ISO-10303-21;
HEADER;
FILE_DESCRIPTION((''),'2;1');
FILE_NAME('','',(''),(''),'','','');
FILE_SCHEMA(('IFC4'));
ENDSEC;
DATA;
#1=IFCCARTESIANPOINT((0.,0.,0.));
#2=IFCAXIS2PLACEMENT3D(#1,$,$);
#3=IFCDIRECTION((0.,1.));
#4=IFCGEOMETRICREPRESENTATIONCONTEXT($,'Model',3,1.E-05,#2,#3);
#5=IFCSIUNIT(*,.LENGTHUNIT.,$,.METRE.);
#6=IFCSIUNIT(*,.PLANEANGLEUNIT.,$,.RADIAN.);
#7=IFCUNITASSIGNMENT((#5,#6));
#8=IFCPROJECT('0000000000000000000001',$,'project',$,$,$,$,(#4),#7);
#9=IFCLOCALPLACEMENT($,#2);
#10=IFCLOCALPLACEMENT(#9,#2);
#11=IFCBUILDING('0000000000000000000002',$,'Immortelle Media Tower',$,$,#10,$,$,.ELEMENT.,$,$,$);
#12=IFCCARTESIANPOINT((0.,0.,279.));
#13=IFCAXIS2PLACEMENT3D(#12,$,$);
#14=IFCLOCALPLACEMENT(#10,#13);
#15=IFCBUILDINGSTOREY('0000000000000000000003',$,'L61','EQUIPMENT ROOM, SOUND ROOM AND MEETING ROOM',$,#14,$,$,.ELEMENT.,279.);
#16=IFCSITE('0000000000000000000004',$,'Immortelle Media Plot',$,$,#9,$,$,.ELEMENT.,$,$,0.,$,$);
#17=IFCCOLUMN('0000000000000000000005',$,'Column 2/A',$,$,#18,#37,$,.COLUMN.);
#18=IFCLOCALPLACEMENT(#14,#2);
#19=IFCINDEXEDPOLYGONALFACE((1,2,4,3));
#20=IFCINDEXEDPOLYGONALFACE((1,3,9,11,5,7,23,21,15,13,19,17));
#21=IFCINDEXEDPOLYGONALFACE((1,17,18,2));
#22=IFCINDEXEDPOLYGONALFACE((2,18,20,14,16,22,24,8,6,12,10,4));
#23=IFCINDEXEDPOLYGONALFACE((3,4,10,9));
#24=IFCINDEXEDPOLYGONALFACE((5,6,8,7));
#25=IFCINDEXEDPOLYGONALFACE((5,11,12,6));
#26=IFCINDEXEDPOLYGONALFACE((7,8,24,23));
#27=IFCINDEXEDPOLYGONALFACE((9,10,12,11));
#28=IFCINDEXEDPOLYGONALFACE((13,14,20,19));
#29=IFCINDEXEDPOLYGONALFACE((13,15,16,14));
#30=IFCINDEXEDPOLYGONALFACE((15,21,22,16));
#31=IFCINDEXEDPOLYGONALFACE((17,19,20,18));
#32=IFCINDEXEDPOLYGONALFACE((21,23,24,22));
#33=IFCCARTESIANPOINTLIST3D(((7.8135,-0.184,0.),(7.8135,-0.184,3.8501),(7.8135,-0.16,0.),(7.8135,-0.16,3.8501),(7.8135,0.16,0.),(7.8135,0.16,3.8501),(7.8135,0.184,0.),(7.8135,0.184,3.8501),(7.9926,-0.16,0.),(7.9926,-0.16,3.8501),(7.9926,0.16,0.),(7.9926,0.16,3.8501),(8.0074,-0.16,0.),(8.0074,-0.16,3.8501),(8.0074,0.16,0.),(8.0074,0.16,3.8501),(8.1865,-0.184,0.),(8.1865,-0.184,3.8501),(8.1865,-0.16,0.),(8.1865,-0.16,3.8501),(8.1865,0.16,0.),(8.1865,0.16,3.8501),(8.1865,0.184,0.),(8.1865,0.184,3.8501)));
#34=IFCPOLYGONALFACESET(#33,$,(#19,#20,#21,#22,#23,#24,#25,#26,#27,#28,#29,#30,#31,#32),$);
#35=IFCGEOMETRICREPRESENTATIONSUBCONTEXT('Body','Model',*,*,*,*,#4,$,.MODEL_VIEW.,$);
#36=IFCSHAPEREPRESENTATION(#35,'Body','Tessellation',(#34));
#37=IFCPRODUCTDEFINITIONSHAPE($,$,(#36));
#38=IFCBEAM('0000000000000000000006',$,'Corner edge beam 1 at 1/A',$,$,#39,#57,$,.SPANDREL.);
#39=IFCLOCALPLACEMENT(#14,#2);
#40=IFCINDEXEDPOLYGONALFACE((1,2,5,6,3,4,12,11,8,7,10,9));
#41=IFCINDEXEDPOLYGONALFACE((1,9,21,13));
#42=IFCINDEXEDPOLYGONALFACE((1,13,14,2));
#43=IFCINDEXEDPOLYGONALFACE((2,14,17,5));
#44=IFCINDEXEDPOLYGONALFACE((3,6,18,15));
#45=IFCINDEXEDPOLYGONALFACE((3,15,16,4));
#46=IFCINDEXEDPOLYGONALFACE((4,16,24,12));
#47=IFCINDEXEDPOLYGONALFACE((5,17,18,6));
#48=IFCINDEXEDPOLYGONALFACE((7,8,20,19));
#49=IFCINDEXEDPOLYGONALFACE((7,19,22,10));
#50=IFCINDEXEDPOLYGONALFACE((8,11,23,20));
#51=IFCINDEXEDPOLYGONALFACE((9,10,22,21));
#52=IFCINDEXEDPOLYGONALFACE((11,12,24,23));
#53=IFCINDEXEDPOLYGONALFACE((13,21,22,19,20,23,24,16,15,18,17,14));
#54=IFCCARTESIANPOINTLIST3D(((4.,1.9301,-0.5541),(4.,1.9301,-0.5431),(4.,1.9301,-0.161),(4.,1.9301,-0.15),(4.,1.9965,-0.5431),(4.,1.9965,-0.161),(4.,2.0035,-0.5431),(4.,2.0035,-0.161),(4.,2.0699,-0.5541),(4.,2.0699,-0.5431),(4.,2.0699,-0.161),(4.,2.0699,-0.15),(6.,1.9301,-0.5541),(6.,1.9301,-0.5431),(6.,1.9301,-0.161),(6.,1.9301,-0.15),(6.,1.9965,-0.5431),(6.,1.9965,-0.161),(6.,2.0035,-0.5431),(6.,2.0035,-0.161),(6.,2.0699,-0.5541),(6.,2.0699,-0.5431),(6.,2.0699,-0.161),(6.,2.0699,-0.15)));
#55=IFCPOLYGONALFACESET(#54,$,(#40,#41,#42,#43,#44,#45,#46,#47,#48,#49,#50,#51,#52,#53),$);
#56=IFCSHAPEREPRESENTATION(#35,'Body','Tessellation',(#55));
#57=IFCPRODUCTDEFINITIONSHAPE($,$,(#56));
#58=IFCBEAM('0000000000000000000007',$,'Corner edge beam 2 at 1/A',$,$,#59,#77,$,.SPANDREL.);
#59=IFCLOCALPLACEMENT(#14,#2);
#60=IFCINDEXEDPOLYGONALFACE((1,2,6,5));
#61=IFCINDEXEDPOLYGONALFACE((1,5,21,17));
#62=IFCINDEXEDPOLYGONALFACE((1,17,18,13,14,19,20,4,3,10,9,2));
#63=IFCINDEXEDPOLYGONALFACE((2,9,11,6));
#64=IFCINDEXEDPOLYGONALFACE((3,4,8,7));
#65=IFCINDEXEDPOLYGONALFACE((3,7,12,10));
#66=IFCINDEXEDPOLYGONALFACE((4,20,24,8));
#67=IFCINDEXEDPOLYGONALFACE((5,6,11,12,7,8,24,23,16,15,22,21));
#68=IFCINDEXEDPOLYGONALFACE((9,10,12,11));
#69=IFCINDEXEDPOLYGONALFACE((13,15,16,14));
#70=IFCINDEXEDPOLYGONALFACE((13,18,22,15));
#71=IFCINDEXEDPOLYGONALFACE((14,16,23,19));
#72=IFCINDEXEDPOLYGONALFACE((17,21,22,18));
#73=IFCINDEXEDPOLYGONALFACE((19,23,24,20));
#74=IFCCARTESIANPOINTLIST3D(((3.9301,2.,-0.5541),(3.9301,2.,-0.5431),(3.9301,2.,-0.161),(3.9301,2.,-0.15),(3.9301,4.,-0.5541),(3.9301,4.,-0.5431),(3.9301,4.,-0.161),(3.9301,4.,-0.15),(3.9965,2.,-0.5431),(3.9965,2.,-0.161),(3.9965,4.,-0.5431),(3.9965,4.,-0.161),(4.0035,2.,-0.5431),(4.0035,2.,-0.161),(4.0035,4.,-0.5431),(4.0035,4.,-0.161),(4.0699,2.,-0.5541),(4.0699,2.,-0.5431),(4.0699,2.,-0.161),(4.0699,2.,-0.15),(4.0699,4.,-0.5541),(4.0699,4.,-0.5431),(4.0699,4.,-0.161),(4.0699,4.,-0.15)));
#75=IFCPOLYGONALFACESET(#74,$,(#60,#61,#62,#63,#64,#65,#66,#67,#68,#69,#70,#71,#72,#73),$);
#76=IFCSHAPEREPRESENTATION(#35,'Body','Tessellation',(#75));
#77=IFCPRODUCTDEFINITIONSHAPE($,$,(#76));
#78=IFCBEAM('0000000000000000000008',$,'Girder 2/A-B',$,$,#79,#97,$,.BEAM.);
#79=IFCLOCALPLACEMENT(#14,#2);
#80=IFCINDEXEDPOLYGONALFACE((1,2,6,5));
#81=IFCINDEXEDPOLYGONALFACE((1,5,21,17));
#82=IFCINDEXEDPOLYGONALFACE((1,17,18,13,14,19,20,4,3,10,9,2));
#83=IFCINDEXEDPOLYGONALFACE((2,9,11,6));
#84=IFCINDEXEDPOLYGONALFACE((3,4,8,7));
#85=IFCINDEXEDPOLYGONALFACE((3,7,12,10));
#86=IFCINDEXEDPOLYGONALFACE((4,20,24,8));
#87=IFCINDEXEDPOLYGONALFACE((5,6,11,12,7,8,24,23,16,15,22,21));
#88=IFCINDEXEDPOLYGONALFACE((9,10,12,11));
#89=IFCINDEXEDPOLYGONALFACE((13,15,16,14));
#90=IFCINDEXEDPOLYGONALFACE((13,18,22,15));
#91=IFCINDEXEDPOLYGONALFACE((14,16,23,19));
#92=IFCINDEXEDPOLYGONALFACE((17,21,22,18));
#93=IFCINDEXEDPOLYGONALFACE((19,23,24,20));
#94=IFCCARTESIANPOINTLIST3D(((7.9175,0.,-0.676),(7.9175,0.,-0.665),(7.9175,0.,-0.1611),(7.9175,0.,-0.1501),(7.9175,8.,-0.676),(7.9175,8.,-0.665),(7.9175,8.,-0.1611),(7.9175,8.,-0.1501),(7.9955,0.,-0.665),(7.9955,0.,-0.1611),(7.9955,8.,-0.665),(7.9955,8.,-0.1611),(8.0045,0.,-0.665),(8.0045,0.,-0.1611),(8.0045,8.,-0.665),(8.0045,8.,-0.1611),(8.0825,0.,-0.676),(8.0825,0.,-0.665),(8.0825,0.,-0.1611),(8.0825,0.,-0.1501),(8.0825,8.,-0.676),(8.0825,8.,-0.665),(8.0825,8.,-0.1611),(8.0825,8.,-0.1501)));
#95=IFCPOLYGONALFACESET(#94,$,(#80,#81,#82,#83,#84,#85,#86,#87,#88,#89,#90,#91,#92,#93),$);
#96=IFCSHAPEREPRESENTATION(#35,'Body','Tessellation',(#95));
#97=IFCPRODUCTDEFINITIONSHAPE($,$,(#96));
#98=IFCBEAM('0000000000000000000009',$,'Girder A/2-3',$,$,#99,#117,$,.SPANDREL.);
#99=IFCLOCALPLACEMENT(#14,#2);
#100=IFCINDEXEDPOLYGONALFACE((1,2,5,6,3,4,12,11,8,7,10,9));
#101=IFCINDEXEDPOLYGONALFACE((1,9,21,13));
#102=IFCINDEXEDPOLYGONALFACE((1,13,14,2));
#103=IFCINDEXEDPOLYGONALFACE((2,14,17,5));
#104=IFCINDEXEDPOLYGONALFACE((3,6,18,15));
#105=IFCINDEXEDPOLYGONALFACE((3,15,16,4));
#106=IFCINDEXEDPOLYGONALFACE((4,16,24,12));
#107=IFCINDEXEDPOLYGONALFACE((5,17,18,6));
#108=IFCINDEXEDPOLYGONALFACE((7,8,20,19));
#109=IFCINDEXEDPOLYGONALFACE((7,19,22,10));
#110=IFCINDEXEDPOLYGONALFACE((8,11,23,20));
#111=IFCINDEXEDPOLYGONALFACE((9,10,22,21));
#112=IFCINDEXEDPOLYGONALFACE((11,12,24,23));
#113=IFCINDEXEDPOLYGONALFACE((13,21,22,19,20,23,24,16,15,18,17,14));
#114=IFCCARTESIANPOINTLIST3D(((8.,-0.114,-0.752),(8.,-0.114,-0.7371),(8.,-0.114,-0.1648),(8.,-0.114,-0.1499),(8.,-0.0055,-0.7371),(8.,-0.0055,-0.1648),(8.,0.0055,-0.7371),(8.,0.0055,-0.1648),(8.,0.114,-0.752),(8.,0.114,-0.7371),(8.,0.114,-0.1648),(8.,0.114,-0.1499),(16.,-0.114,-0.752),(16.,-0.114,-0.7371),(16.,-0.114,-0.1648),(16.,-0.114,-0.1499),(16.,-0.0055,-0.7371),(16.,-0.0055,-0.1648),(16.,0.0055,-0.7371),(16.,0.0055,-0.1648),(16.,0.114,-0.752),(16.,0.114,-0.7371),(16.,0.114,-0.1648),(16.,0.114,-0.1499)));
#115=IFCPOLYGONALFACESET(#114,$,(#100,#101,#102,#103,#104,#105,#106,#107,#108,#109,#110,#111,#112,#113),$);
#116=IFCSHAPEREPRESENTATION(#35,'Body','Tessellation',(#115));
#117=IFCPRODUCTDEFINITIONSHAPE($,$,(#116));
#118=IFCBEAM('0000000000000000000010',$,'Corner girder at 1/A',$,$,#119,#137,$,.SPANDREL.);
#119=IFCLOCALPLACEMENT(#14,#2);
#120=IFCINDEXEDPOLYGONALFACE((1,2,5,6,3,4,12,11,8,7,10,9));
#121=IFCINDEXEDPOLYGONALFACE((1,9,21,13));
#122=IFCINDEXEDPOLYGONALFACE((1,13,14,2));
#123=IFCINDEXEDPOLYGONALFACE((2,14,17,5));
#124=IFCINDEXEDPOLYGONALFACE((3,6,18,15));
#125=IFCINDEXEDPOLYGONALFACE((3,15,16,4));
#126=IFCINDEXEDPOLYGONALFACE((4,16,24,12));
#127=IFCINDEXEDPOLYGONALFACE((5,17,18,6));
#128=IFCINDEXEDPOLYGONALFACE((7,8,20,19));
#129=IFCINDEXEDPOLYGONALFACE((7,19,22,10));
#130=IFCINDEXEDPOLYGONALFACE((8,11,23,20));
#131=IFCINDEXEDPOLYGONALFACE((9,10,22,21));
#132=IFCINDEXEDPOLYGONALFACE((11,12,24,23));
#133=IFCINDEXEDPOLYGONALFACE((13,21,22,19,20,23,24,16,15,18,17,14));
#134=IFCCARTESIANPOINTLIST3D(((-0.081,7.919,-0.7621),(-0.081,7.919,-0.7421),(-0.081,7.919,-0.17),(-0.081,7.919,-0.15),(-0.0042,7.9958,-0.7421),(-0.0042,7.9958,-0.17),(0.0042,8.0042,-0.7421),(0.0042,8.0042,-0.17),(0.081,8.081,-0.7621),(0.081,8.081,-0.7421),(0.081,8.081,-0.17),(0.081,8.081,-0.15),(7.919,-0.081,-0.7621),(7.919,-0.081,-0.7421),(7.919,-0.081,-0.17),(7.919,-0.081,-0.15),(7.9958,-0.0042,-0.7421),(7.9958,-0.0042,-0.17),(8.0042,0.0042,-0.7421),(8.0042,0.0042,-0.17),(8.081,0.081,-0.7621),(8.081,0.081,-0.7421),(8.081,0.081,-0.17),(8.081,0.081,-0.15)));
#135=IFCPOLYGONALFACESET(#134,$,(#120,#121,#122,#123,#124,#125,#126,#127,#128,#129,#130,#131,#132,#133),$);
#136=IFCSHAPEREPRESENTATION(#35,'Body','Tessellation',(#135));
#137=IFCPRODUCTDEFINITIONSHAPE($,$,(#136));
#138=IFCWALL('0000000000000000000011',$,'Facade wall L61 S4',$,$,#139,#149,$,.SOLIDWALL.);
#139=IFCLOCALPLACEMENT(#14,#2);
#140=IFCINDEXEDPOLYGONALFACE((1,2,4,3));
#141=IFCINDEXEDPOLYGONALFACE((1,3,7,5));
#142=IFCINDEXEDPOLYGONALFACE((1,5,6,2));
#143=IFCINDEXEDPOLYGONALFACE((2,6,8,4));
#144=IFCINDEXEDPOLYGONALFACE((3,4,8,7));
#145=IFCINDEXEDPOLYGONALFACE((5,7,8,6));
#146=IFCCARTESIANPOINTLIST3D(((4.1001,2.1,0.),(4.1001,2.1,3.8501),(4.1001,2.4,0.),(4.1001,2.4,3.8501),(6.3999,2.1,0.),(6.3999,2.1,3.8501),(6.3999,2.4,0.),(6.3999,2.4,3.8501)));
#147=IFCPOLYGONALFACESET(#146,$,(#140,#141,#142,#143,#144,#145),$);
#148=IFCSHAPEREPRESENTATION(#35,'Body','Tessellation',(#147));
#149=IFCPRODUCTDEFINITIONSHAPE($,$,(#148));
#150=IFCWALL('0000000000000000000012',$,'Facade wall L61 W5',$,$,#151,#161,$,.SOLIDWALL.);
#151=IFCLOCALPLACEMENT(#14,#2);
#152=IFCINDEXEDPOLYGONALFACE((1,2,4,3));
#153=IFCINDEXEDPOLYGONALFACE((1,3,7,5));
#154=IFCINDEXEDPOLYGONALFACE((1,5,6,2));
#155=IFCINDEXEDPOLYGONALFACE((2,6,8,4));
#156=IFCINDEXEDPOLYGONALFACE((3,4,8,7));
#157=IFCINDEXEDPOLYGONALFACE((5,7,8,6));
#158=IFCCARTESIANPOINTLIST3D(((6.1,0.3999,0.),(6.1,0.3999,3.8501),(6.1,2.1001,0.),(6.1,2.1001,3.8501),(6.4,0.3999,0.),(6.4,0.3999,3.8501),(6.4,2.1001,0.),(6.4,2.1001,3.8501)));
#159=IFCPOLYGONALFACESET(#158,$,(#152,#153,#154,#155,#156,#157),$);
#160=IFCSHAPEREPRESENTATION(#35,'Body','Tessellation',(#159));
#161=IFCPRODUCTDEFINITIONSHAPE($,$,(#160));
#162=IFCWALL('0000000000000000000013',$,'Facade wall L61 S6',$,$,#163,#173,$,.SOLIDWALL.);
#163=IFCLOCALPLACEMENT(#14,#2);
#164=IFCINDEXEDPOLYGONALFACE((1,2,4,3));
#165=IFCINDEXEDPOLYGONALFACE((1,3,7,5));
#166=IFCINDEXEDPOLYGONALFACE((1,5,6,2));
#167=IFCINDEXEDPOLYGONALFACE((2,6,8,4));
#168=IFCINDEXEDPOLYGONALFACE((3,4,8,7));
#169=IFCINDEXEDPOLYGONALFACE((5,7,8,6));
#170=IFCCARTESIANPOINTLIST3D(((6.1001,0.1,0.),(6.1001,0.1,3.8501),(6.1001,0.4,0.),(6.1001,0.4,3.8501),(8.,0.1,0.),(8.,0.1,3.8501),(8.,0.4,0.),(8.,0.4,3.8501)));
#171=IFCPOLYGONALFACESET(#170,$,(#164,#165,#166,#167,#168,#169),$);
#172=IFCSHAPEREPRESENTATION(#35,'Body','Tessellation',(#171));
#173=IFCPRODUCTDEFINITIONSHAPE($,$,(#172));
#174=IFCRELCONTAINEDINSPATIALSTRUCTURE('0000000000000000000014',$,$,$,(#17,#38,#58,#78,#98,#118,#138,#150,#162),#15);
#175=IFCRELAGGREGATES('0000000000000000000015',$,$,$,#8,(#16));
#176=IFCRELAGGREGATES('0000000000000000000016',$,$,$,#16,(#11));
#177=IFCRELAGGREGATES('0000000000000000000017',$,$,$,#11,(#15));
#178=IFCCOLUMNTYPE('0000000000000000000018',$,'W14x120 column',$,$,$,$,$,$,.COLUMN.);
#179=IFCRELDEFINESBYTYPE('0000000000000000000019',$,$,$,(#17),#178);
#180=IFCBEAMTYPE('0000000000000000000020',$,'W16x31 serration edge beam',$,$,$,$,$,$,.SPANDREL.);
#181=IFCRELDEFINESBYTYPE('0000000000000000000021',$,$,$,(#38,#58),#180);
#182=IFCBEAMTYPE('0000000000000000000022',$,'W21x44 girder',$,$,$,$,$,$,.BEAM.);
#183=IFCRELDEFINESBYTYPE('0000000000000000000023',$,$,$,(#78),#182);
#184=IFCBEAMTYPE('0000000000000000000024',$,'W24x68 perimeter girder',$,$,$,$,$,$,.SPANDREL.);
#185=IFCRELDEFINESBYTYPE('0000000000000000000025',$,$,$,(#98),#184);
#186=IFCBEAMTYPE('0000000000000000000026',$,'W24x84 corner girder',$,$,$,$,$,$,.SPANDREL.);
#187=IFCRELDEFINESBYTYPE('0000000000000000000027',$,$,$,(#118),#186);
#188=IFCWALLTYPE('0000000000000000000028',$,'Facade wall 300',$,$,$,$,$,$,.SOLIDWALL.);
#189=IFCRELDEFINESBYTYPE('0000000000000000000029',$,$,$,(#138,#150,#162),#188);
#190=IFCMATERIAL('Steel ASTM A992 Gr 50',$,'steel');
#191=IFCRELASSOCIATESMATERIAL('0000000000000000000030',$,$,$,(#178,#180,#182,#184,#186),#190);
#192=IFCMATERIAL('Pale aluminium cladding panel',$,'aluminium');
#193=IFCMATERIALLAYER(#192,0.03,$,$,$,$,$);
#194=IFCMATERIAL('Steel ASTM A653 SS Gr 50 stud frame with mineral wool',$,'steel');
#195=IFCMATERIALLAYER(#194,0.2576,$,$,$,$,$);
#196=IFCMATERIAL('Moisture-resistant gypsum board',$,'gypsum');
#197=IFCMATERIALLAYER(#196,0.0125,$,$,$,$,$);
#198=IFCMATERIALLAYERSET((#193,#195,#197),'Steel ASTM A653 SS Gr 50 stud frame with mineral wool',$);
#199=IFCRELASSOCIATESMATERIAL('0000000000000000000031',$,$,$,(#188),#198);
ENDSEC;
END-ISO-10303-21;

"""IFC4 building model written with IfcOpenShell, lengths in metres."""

from ifc_helpers import new_model, si_unit, direction, frame, frame_2d, origin, origin_2d, place, context, subcontext, project, spatial, rectangle, i_section, extrude, material, layer, layer_set, material_profile, profile_set, type_object, element, save


model = new_model("IFC4")

# Units and contexts
model_context = context("Model", 3, precision=1e-05, world=origin(), true_north=direction((0.0, 1.0)))
body_context = subcontext(model_context, "Body", "Model", "MODEL_VIEW")
ifc_project = project(units=[si_unit("LENGTHUNIT", "METRE"), si_unit("PLANEANGLEUNIT", "RADIAN")], contexts=[model_context])

# Site, building, storey
site_placement = place(None, origin())
site = spatial("IfcSite", under=ifc_project, at=site_placement, Name="Immortelle Media Plot", CompositionType="ELEMENT", RefElevation=0.0)
building_placement = place(site_placement, origin())
building = spatial("IfcBuilding", under=site, at=building_placement, Name="Immortelle Media Tower", CompositionType="ELEMENT")
storey_placement = place(building_placement, frame((0.0, 0.0, 279.0)))
storey = spatial("IfcBuildingStorey", under=building, at=storey_placement, Name="L61", Description="EQUIPMENT ROOM, SOUND ROOM AND MEETING ROOM", CompositionType="ELEMENT", Elevation=279.0)

# Column
ifc_material_1 = material(Name="Steel ASTM A992 Gr 50", Category="steel")
ifc_material_profile_1 = material_profile(ifc_material_1, i_section(OverallWidth=0.373, OverallDepth=0.3679, WebThickness=0.0149, FlangeThickness=0.0239, at=origin_2d()), Name="W14x120")
ifc_profile_set_1 = profile_set([ifc_material_profile_1], Name="Steel ASTM A992 Gr 50")
column_type = type_object("IfcColumnType", Name="W14x120 column", PredefinedType="COLUMN", material=ifc_profile_set_1)
column_placement = place(storey_placement, frame((8.0, 0.0, 0.0), z_axis=(0.0, 0.0, 1.0), x_axis=(1.0, 0.0, 0.0)))
element("IfcColumn", 1, at=column_placement, inside=storey, type_object=column_type, Name="Column 2/A", PredefinedType="COLUMN", context=body_context, shape_type="SweptSolid", body=[
    extrude(i_section(OverallWidth=0.373, OverallDepth=0.3679, WebThickness=0.0149, FlangeThickness=0.0239, at=origin_2d()), origin(), (0.0, 0.0, 1.0), 3.8501),
])

# Beams
ifc_material_profile_2 = material_profile(ifc_material_1, i_section(OverallWidth=0.1399, OverallDepth=0.4041, WebThickness=0.0071, FlangeThickness=0.011, at=origin_2d()), Name="W16x31")
ifc_profile_set_2 = profile_set([ifc_material_profile_2], Name="Steel ASTM A992 Gr 50")
beam_type_1 = type_object("IfcBeamType", Name="W16x31 serration edge beam", PredefinedType="SPANDREL", material=ifc_profile_set_2)
for number, where, z_axis, x_axis, name in (
    (2, (6.0, 2.0, -0.3521), (-1.0, 0.0, 0.0), (0.0, -1.0, 0.0), "Corner edge beam 1 at 1/A"),
    (3, (4.0, 2.0, -0.3521), (0.0, 1.0, 0.0), (-1.0, 0.0, 0.0), "Corner edge beam 2 at 1/A"),
):
    element("IfcBeam", number, at=place(storey_placement, frame(where, z_axis=z_axis, x_axis=x_axis)), inside=storey, type_object=beam_type_1, Name=name, PredefinedType="SPANDREL", context=body_context, shape_type="SweptSolid", body=[
        extrude(i_section(OverallWidth=0.1399, OverallDepth=0.4041, WebThickness=0.0071, FlangeThickness=0.011, at=origin_2d()), origin(), (0.0, 0.0, 1.0), 2.0),
    ])
ifc_material_profile_3 = material_profile(ifc_material_1, i_section(OverallWidth=0.165, OverallDepth=0.5259, WebThickness=0.009, FlangeThickness=0.011, at=origin_2d()), Name="W21x44")
ifc_profile_set_3 = profile_set([ifc_material_profile_3], Name="Steel ASTM A992 Gr 50")
beam_type_2 = type_object("IfcBeamType", Name="W21x44 girder", PredefinedType="BEAM", material=ifc_profile_set_3)
beam_1_placement = place(storey_placement, frame((8.0, 0.0, -0.4131), z_axis=(0.0, 1.0, 0.0), x_axis=(-1.0, 0.0, 0.0)))
element("IfcBeam", 4, at=beam_1_placement, inside=storey, type_object=beam_type_2, Name="Girder 2/A-B", PredefinedType="BEAM", context=body_context, shape_type="SweptSolid", body=[
    extrude(i_section(OverallWidth=0.165, OverallDepth=0.5259, WebThickness=0.009, FlangeThickness=0.011, at=origin_2d()), origin(), (0.0, 0.0, 1.0), 8.0),
])
ifc_material_profile_4 = material_profile(ifc_material_1, i_section(OverallWidth=0.228, OverallDepth=0.6021, WebThickness=0.011, FlangeThickness=0.0149, at=origin_2d()), Name="W24x68")
ifc_profile_set_4 = profile_set([ifc_material_profile_4], Name="Steel ASTM A992 Gr 50")
beam_type_3 = type_object("IfcBeamType", Name="W24x68 perimeter girder", PredefinedType="SPANDREL", material=ifc_profile_set_4)
beam_2_placement = place(storey_placement, frame((8.0, 0.0, -0.4509), z_axis=(1.0, 0.0, 0.0), x_axis=(0.0, 1.0, 0.0)))
element("IfcBeam", 5, at=beam_2_placement, inside=storey, type_object=beam_type_3, Name="Girder A/2-3", PredefinedType="SPANDREL", context=body_context, shape_type="SweptSolid", body=[
    extrude(i_section(OverallWidth=0.228, OverallDepth=0.6021, WebThickness=0.011, FlangeThickness=0.0149, at=origin_2d()), origin(), (0.0, 0.0, 1.0), 8.0),
])
ifc_material_profile_5 = material_profile(ifc_material_1, i_section(OverallWidth=0.229, OverallDepth=0.6121, WebThickness=0.012, FlangeThickness=0.02, at=origin_2d()), Name="W24x84")
ifc_profile_set_5 = profile_set([ifc_material_profile_5], Name="Steel ASTM A992 Gr 50")
beam_type_4 = type_object("IfcBeamType", Name="W24x84 corner girder", PredefinedType="SPANDREL", material=ifc_profile_set_5)
beam_3_placement = place(storey_placement, frame((8.0, 0.0, -0.4561), z_axis=(-0.707107, 0.707107, 0.0), x_axis=(-0.707107, -0.707107, 0.0)))
element("IfcBeam", 6, at=beam_3_placement, inside=storey, type_object=beam_type_4, Name="Corner girder at 1/A", PredefinedType="SPANDREL", context=body_context, shape_type="SweptSolid", body=[
    extrude(i_section(OverallWidth=0.229, OverallDepth=0.6121, WebThickness=0.012, FlangeThickness=0.02, at=origin_2d()), origin(), (0.0, 0.0, 1.0), 11.3137),
])

# Walls
ifc_material_2 = material(Name="Pale aluminium cladding panel", Category="aluminium")
ifc_layer_1 = layer(ifc_material_2, 0.03)
ifc_material_3 = material(Name="Steel ASTM A653 SS Gr 50 stud frame with mineral wool", Category="steel")
ifc_layer_2 = layer(ifc_material_3, 0.2576)
ifc_material_4 = material(Name="Moisture-resistant gypsum board", Category="gypsum")
ifc_layer_3 = layer(ifc_material_4, 0.0125)
ifc_layer_set = layer_set([ifc_layer_1, ifc_layer_2, ifc_layer_3], Name="Steel ASTM A653 SS Gr 50 stud frame with mineral wool")
wall_type = type_object("IfcWallType", Name="Facade wall 300", PredefinedType="SOLIDWALL", material=ifc_layer_set)
wall_1_placement = place(storey_placement, frame((4.1001, 2.25, 0.0), z_axis=(0.0, 0.0, 1.0), x_axis=(1.0, 0.0, 0.0)))
element("IfcWall", 7, at=wall_1_placement, inside=storey, type_object=wall_type, Name="Facade wall L61 S4", PredefinedType="SOLIDWALL", context=body_context, shape_type="SweptSolid", body=[
    extrude(rectangle(XDim=2.2998, YDim=0.3, at=frame_2d((1.1499, 0.0))), origin(), (0.0, 0.0, 1.0), 3.8501),
])
wall_2_placement = place(storey_placement, frame((6.25, 2.1001, 0.0), z_axis=(0.0, 0.0, 1.0), x_axis=(0.0, -1.0, 0.0)))
element("IfcWall", 8, at=wall_2_placement, inside=storey, type_object=wall_type, Name="Facade wall L61 W5", PredefinedType="SOLIDWALL", context=body_context, shape_type="SweptSolid", body=[
    extrude(rectangle(XDim=1.7002, YDim=0.3, at=frame_2d((0.8501, 0.0))), origin(), (0.0, 0.0, 1.0), 3.8501),
])
wall_3_placement = place(storey_placement, frame((6.1001, 0.25, 0.0), z_axis=(0.0, 0.0, 1.0), x_axis=(1.0, 0.0, 0.0)))
element("IfcWall", 9, at=wall_3_placement, inside=storey, type_object=wall_type, Name="Facade wall L61 S6", PredefinedType="SOLIDWALL", context=body_context, shape_type="SweptSolid", body=[
    extrude(rectangle(XDim=1.8999, YDim=0.3, at=frame_2d((0.95, 0.0))), origin(), (0.0, 0.0, 1.0), 3.8501),
])

save(model, "model.ifc")
